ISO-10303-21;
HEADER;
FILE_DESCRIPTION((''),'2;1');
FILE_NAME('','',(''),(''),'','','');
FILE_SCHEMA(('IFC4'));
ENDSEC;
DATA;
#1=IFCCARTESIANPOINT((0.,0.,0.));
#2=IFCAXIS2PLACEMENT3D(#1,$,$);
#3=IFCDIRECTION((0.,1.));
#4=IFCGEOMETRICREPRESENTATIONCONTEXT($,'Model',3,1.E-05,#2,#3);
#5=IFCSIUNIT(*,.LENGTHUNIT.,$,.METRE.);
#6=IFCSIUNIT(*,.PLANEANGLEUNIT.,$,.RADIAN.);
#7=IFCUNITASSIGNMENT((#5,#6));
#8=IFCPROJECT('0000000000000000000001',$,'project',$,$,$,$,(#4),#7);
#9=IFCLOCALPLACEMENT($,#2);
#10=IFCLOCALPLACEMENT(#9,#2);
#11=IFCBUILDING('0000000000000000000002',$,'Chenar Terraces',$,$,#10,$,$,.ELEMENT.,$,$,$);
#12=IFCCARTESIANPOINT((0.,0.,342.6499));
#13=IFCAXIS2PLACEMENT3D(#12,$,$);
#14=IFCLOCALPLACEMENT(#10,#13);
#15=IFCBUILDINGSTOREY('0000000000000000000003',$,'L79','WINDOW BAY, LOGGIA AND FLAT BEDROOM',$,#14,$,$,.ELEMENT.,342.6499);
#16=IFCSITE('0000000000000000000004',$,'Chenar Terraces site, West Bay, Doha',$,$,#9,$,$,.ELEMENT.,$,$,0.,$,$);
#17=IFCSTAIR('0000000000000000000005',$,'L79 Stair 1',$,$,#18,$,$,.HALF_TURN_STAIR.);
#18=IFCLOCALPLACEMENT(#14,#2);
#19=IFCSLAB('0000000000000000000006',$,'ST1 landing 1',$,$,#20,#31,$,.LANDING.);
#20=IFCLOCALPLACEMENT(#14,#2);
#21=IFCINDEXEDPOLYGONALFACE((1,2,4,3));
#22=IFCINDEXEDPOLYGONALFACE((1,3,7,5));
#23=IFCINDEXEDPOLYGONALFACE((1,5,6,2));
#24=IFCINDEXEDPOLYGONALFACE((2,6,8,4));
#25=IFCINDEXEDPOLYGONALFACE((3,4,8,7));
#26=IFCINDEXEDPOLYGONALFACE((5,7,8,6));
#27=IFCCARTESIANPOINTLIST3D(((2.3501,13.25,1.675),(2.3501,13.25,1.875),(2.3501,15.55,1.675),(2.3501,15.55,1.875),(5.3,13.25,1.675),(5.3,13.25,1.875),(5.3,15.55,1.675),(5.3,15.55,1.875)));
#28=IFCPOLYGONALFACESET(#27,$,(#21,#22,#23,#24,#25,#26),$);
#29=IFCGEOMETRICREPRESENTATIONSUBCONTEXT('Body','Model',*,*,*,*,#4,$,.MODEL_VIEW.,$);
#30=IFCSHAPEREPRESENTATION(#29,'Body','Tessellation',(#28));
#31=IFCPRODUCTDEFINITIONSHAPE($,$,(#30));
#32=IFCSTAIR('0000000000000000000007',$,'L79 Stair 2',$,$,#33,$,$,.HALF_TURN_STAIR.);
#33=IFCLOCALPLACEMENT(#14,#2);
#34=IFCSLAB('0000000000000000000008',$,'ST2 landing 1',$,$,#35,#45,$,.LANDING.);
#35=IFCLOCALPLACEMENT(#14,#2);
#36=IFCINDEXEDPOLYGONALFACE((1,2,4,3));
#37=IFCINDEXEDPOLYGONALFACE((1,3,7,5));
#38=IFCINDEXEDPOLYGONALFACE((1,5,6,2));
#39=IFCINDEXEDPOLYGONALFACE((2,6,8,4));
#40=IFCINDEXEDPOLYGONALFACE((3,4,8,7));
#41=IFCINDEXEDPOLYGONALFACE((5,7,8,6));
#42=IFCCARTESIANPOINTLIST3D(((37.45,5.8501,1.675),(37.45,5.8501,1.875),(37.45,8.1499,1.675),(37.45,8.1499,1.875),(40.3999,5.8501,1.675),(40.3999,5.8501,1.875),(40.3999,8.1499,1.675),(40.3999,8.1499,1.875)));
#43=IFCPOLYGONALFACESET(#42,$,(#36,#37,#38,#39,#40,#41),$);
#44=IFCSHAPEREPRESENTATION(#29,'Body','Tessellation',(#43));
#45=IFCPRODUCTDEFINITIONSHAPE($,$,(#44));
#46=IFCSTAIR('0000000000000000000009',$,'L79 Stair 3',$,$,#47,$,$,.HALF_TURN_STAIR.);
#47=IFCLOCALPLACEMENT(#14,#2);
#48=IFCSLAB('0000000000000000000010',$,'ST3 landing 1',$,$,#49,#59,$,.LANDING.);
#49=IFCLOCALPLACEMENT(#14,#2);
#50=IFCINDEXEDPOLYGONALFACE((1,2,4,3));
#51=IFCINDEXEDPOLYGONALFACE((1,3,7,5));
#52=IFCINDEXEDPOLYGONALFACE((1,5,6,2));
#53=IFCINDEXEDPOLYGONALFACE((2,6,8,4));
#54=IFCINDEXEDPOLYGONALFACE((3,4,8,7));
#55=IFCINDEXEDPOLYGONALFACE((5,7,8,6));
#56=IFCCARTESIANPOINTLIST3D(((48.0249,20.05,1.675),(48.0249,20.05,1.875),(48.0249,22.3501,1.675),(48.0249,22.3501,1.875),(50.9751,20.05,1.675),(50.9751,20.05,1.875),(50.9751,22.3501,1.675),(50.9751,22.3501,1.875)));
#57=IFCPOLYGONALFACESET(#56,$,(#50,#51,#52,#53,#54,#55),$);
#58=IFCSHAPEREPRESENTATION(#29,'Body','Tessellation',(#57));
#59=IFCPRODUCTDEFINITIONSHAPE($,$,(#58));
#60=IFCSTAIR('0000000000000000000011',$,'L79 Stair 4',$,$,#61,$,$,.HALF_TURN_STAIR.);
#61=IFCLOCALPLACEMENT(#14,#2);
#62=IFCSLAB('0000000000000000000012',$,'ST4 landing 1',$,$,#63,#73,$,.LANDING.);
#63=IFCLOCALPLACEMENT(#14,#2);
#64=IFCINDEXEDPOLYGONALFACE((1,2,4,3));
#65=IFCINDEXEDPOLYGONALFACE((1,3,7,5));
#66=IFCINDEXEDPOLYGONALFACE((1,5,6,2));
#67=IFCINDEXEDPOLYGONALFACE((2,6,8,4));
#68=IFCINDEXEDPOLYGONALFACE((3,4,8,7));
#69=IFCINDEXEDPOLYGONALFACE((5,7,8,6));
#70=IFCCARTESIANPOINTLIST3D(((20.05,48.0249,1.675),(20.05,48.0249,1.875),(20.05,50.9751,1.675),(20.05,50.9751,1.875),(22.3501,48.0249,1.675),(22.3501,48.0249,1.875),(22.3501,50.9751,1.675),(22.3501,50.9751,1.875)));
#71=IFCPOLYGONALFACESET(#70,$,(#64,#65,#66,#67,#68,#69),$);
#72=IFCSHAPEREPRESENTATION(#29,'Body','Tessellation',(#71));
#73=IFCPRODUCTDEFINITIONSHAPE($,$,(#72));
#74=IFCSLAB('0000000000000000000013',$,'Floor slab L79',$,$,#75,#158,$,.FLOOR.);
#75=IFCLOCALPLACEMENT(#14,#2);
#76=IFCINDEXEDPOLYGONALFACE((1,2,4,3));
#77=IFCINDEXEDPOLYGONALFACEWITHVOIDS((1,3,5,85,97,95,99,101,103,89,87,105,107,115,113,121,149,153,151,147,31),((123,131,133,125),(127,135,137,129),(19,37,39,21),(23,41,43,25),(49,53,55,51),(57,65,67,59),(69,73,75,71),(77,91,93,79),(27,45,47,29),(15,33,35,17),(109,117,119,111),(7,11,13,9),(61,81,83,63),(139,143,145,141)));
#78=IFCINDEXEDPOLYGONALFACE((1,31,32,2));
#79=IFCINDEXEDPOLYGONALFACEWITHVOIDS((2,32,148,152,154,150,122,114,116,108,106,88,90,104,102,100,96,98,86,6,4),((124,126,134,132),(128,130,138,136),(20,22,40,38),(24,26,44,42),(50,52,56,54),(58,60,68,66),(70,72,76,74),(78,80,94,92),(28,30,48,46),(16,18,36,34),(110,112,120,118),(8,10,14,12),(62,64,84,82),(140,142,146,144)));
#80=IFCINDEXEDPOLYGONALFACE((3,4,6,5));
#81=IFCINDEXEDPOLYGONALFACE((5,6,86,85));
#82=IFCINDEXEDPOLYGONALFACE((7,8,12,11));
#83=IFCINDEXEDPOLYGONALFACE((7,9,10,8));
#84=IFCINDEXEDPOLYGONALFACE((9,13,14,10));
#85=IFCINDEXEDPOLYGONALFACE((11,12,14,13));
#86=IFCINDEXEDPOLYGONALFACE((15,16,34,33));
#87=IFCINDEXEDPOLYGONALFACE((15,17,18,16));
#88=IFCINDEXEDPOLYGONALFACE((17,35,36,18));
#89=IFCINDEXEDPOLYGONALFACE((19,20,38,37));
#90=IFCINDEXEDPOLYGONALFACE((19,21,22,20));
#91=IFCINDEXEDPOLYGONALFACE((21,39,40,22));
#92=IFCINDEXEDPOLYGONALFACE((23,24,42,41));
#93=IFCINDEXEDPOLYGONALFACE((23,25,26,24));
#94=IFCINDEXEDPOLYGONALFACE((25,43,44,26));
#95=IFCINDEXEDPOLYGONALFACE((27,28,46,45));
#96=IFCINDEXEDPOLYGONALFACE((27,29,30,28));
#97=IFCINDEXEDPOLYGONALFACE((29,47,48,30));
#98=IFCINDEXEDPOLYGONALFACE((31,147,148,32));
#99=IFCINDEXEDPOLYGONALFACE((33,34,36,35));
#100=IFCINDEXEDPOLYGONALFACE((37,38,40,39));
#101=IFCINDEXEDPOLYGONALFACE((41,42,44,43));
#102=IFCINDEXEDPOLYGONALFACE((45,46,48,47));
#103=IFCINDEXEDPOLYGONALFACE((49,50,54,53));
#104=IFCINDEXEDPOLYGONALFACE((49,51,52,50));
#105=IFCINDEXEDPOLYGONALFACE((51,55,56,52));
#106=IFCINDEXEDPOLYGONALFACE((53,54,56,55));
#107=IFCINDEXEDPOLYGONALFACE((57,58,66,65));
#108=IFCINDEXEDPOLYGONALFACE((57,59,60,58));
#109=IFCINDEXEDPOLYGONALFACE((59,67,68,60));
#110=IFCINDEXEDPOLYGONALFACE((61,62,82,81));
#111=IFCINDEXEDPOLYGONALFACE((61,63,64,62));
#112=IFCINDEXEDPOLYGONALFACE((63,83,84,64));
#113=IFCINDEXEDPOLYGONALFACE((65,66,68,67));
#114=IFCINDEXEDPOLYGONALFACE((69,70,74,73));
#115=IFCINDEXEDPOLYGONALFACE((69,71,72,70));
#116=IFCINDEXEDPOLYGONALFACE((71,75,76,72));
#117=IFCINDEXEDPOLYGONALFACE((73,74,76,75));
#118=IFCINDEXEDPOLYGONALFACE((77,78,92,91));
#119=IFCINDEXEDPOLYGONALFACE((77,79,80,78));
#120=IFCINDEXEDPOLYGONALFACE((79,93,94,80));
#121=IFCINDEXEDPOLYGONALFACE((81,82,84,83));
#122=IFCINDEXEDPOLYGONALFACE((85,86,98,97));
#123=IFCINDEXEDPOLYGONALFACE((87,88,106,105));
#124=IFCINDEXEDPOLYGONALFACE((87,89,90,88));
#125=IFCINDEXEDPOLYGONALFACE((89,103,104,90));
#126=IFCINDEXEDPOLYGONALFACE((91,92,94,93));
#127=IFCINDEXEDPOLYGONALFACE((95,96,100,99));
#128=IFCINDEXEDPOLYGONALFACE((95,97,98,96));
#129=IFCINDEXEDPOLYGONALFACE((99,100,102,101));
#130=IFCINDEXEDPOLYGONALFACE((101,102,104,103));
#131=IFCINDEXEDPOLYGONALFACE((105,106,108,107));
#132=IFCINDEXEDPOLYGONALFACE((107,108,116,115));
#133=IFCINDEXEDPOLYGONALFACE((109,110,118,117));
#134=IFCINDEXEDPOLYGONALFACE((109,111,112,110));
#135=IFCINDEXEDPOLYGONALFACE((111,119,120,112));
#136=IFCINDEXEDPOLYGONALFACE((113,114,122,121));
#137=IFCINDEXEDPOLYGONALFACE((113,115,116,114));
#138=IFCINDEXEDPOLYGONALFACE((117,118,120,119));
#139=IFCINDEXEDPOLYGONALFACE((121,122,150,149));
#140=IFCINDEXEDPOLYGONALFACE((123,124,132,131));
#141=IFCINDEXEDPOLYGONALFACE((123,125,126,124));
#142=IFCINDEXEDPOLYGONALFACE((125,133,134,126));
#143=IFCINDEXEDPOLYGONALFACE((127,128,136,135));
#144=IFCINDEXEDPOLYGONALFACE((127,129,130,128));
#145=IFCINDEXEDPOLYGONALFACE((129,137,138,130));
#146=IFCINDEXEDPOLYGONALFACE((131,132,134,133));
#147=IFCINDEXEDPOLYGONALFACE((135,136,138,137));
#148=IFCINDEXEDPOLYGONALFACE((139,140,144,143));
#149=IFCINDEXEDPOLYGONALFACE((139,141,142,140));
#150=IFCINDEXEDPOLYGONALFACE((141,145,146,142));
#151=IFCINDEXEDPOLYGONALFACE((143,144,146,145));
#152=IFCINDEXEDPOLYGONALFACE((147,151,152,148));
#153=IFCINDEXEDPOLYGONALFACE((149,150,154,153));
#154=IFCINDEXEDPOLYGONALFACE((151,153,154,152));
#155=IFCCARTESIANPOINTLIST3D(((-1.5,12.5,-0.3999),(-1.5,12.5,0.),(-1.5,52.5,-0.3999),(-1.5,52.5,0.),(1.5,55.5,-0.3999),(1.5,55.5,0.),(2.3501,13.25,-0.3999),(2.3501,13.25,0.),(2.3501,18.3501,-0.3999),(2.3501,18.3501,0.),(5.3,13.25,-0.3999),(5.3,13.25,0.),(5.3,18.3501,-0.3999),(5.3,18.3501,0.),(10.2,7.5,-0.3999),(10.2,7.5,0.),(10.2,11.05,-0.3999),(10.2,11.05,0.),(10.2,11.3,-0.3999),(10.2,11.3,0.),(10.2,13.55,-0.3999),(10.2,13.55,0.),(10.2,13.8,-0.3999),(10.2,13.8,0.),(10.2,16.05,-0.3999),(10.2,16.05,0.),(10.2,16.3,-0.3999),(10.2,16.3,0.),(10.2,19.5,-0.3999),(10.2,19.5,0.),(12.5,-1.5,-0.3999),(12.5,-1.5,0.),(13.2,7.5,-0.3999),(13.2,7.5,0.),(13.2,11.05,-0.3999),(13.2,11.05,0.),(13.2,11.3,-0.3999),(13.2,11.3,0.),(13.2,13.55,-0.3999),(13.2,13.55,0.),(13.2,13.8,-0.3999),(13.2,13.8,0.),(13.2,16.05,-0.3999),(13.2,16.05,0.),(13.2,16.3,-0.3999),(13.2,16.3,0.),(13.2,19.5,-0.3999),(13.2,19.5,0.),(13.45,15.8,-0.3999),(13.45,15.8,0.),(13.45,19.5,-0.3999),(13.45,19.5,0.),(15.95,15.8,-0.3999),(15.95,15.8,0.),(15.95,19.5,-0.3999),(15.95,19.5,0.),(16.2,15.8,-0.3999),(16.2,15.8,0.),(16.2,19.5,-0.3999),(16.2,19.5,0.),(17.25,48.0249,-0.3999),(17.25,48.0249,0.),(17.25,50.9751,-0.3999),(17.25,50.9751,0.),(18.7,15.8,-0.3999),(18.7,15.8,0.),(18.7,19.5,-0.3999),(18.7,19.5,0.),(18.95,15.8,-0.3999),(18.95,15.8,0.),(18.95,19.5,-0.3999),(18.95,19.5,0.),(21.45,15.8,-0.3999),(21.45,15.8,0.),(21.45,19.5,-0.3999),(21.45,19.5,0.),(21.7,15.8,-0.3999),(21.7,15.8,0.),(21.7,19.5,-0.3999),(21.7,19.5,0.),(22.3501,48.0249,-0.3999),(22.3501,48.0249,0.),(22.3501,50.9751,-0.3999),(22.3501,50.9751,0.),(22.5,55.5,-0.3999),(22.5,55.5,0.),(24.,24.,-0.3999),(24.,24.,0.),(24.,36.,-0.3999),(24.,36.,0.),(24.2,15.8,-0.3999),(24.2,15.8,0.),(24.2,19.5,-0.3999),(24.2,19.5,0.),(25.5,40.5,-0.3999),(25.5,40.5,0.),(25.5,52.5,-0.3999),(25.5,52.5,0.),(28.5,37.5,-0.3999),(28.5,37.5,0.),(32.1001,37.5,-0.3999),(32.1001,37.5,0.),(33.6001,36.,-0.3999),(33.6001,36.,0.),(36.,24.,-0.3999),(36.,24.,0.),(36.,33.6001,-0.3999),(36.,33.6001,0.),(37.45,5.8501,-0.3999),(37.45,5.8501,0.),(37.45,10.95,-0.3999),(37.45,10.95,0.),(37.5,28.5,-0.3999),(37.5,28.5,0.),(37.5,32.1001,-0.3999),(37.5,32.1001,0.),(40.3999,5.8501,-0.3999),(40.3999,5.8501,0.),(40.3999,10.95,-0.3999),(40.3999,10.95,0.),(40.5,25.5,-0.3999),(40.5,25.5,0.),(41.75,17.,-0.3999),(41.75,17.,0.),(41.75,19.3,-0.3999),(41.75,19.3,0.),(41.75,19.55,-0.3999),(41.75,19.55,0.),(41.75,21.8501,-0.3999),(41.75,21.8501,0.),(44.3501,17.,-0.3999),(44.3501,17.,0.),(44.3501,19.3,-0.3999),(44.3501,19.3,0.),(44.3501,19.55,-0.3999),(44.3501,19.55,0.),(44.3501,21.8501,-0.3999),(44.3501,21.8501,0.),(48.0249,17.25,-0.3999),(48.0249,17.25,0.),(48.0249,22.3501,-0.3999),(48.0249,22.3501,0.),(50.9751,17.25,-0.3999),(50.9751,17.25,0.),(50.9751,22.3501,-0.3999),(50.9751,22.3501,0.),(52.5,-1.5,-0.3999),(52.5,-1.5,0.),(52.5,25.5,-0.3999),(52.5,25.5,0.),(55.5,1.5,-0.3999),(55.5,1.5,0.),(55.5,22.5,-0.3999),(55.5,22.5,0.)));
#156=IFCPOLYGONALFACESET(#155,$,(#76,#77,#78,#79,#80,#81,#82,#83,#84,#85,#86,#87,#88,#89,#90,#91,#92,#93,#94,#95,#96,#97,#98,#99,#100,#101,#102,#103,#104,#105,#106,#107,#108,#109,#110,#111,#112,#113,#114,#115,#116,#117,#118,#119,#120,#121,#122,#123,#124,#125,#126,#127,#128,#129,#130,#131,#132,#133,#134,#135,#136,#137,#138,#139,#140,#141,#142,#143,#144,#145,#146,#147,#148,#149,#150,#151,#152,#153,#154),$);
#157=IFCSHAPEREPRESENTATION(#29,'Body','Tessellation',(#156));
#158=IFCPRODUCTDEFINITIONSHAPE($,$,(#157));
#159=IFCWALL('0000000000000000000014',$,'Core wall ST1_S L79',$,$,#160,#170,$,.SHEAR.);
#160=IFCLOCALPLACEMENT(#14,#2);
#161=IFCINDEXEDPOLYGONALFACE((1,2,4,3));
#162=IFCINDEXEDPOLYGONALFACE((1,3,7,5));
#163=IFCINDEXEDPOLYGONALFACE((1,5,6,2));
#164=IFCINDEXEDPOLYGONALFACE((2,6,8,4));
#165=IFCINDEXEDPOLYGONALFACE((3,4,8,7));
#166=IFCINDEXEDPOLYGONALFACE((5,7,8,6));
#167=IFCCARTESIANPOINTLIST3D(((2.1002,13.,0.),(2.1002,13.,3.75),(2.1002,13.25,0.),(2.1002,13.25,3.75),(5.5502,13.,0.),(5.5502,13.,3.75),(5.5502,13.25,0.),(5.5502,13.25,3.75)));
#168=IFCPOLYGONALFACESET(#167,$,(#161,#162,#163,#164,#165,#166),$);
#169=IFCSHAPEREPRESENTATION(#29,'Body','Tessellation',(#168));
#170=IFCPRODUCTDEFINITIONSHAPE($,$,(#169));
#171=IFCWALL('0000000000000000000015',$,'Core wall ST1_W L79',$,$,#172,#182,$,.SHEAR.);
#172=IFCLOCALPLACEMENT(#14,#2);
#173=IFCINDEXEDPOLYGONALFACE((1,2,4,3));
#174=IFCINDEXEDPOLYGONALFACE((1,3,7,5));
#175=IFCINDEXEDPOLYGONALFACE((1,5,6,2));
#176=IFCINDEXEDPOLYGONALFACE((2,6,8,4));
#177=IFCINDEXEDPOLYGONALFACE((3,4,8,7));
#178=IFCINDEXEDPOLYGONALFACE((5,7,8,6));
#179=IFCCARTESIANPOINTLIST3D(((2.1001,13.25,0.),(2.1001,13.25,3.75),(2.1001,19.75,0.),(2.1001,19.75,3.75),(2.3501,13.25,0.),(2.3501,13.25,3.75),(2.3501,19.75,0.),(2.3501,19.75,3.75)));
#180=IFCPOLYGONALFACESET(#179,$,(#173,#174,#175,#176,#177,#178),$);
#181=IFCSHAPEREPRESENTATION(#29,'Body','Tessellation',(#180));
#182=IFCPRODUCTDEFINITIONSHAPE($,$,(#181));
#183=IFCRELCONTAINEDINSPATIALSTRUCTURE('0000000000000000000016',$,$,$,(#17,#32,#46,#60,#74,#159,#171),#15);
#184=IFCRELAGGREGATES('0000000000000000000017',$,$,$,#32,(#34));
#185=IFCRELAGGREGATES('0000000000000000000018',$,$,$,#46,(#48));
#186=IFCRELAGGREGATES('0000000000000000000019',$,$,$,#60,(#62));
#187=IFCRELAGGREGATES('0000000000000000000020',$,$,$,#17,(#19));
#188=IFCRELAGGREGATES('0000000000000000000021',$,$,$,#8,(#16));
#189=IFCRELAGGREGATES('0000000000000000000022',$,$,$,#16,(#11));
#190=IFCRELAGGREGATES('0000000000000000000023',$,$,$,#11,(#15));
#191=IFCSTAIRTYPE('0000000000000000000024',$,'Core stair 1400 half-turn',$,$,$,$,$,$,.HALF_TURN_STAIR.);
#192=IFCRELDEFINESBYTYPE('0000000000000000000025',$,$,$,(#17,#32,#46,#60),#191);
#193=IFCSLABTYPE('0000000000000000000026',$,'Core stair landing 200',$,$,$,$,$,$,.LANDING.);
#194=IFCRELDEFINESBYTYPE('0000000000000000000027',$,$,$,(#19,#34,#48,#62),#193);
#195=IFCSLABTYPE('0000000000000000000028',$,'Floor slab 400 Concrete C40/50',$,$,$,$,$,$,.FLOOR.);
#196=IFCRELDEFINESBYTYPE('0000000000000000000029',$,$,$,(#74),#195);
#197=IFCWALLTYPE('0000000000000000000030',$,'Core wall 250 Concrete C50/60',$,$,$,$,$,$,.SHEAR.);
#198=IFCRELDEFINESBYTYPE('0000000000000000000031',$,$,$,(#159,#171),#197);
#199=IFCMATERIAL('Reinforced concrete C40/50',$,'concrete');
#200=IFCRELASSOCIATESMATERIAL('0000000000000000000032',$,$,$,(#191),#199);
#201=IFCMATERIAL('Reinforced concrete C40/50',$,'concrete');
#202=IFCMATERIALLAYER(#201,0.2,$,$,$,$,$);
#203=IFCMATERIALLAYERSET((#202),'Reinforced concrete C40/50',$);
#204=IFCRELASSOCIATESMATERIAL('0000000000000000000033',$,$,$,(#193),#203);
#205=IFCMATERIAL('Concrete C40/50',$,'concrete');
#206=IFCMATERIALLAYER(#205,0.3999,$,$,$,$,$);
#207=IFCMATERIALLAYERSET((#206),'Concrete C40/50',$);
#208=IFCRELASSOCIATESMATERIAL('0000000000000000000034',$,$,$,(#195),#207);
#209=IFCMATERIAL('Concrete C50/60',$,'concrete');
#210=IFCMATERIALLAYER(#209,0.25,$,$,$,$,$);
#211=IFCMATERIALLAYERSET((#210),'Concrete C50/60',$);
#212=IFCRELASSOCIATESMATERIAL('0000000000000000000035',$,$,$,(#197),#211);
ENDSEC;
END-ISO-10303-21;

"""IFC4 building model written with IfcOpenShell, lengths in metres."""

from ifc_helpers import new_model, si_unit, direction, frame, frame_2d, origin, place, context, subcontext, project, spatial, polyline, rectangle, outline, extrude, material, layer, layer_set, type_object, element, aggregate, save


model = new_model("IFC4")

# Units and contexts
model_context = context("Model", 3, precision=1e-05, world=origin(), true_north=direction((0.0, 1.0)))
body_context = subcontext(model_context, "Body", "Model", "MODEL_VIEW")
ifc_project = project(units=[si_unit("LENGTHUNIT", "METRE"), si_unit("PLANEANGLEUNIT", "RADIAN")], contexts=[model_context])

# Site, building, storey
site_placement = place(None, origin())
site = spatial("IfcSite", under=ifc_project, at=site_placement, Name="Chenar Terraces site, West Bay, Doha", CompositionType="ELEMENT", RefElevation=0.0)
building_placement = place(site_placement, origin())
building = spatial("IfcBuilding", under=site, at=building_placement, Name="Chenar Terraces", CompositionType="ELEMENT")
storey_placement = place(building_placement, frame((0.0, 0.0, 342.6499)))
storey = spatial("IfcBuildingStorey", under=building, at=storey_placement, Name="L79", Description="WINDOW BAY, LOGGIA AND FLAT BEDROOM", CompositionType="ELEMENT", Elevation=342.6499)

# Stairs, slabs
ifc_material_1 = material(Name="Reinforced concrete C40/50", Category="concrete")
stair_type = type_object("IfcStairType", Name="Core stair 1400 half-turn", PredefinedType="HALF_TURN_STAIR", material=ifc_material_1)
placement_1 = place(storey_placement, origin())
stair_1 = element("IfcStair", 1, at=placement_1, inside=storey, type_object=stair_type, Name="L79 Stair 1", PredefinedType="HALF_TURN_STAIR")
ifc_material_2 = material(Name="Reinforced concrete C40/50", Category="concrete")
ifc_layer_1 = layer(ifc_material_2, 0.2)
ifc_layer_set_1 = layer_set([ifc_layer_1], Name="Reinforced concrete C40/50")
slab_type_1 = type_object("IfcSlabType", Name="Core stair landing 200", PredefinedType="LANDING", material=ifc_layer_set_1)
placement_2 = place(storey_placement, frame((0.0, 0.0, 1.675)))
slab_1 = element("IfcSlab", 2, at=placement_2, type_object=slab_type_1, Name="ST1 landing 1", PredefinedType="LANDING", context=body_context, shape_type="SweptSolid", body=[
    extrude(outline(polyline([(2.3501, 15.55), (2.3501, 13.25), (5.3, 13.25), (5.3, 15.55), (2.3501, 15.55)])), origin(), (0.0, 0.0, 1.0), 0.2),
])
stair_2 = element("IfcStair", 3, at=placement_1, inside=storey, type_object=stair_type, Name="L79 Stair 2", PredefinedType="HALF_TURN_STAIR")
slab_2 = element("IfcSlab", 4, at=placement_2, type_object=slab_type_1, Name="ST2 landing 1", PredefinedType="LANDING", context=body_context, shape_type="SweptSolid", body=[
    extrude(outline(polyline([(37.45, 8.1499), (37.45, 5.8501), (40.3999, 5.8501), (40.3999, 8.1499), (37.45, 8.1499)])), origin(), (0.0, 0.0, 1.0), 0.2),
])
aggregate(stair_2, [slab_2])
stair_3 = element("IfcStair", 5, at=placement_1, inside=storey, type_object=stair_type, Name="L79 Stair 3", PredefinedType="HALF_TURN_STAIR")
slab_3 = element("IfcSlab", 6, at=placement_2, type_object=slab_type_1, Name="ST3 landing 1", PredefinedType="LANDING", context=body_context, shape_type="SweptSolid", body=[
    extrude(outline(polyline([(50.9751, 20.05), (50.9751, 22.3501), (48.0249, 22.3501), (48.0249, 20.05), (50.9751, 20.05)])), origin(), (0.0, 0.0, 1.0), 0.2),
])
aggregate(stair_3, [slab_3])
stair_4 = element("IfcStair", 7, at=placement_1, inside=storey, type_object=stair_type, Name="L79 Stair 4", PredefinedType="HALF_TURN_STAIR")
slab_4 = element("IfcSlab", 8, at=placement_2, type_object=slab_type_1, Name="ST4 landing 1", PredefinedType="LANDING", context=body_context, shape_type="SweptSolid", body=[
    extrude(outline(polyline([(20.05, 48.0249), (22.3501, 48.0249), (22.3501, 50.9751), (20.05, 50.9751), (20.05, 48.0249)])), origin(), (0.0, 0.0, 1.0), 0.2),
])
aggregate(stair_4, [slab_4])

# Slab
ifc_material_3 = material(Name="Concrete C40/50", Category="concrete")
ifc_layer_2 = layer(ifc_material_3, 0.3999)
ifc_layer_set_2 = layer_set([ifc_layer_2], Name="Concrete C40/50")
slab_type_2 = type_object("IfcSlabType", Name="Floor slab 400 Concrete C40/50", PredefinedType="FLOOR", material=ifc_layer_set_2)
slab_5_placement = place(storey_placement, frame((0.0, 0.0, -0.3999)))
element("IfcSlab", 9, at=slab_5_placement, inside=storey, type_object=slab_type_2, Name="Floor slab L79", PredefinedType="FLOOR", context=body_context, shape_type="SweptSolid", body=[
    extrude(outline(polyline([(55.5, 22.5), (55.5, 1.5), (52.5, -1.5), (12.5, -1.5), (-1.5, 12.5), (-1.5, 52.5), (1.5, 55.5), (22.5, 55.5), (25.5, 52.5), (25.5, 40.5), (28.5, 37.5), (32.1001, 37.5), (33.6001, 36.0), (24.0, 36.0), (24.0, 24.0), (36.0, 24.0), (36.0, 33.6001), (37.5, 32.1001), (37.5, 28.5), (40.5, 25.5), (52.5, 25.5), (55.5, 22.5)]), holes=[polyline([(10.2, 11.05), (10.2, 7.5), (13.2, 7.5), (13.2, 11.05), (10.2, 11.05)]), polyline([(13.2, 13.55), (10.2, 13.55), (10.2, 11.3), (13.2, 11.3), (13.2, 13.55)]), polyline([(13.2, 16.05), (10.2, 16.05), (10.2, 13.8), (13.2, 13.8), (13.2, 16.05)]), polyline([(2.3501, 13.25), (5.3, 13.25), (5.3, 18.3501), (2.3501, 18.3501), (2.3501, 13.25)]), polyline([(15.95, 19.5), (13.45, 19.5), (13.45, 15.8), (15.95, 15.8), (15.95, 19.5)]), polyline([(18.7, 19.5), (16.2, 19.5), (16.2, 15.8), (18.7, 15.8), (18.7, 19.5)]), polyline([(13.2, 19.5), (10.2, 19.5), (10.2, 16.3), (13.2, 16.3), (13.2, 19.5)]), polyline([(22.3501, 48.0249), (22.3501, 50.9751), (17.25, 50.9751), (17.25, 48.0249), (22.3501, 48.0249)]), polyline([(37.45, 5.8501), (40.3999, 5.8501), (40.3999, 10.95), (37.45, 10.95), (37.45, 5.8501)]), polyline([(21.45, 19.5), (18.95, 19.5), (18.95, 15.8), (21.45, 15.8), (21.45, 19.5)]), polyline([(24.2, 19.5), (21.7, 19.5), (21.7, 15.8), (24.2, 15.8), (24.2, 19.5)]), polyline([(44.3501, 19.3), (41.75, 19.3), (41.75, 17.0), (44.3501, 17.0), (44.3501, 19.3)]), polyline([(50.9751, 22.3501), (48.0249, 22.3501), (48.0249, 17.25), (50.9751, 17.25), (50.9751, 22.3501)]), polyline([(44.3501, 21.8501), (41.75, 21.8501), (41.75, 19.55), (44.3501, 19.55), (44.3501, 21.8501)])]), origin(), (0.0, 0.0, 1.0), 0.3999),
])

# Walls
ifc_material_4 = material(Name="Concrete C50/60", Category="concrete")
ifc_layer_3 = layer(ifc_material_4, 0.25)
ifc_layer_set_3 = layer_set([ifc_layer_3], Name="Concrete C50/60")
wall_type_1 = type_object("IfcWallType", Name="Core wall 250 Concrete C50/60", PredefinedType="SHEAR", material=ifc_layer_set_3)
wall_1_placement = place(storey_placement, frame((2.1001, 13.125, 0.0), z_axis=(0.0, 0.0, 1.0), x_axis=(1.0, 0.0, 0.0)))
element("IfcWall", 10, at=wall_1_placement, inside=storey, type_object=wall_type_1, Name="Core wall ST1_S L79", PredefinedType="SHEAR", context=body_context, shape_type="SweptSolid", body=[
    extrude(rectangle(XDim=3.45, YDim=0.25, at=frame_2d((1.7251, 0.0))), origin(), (0.0, 0.0, 1.0), 3.75),
])
wall_2_placement = place(storey_placement, frame((2.2251, 13.25, 0.0), z_axis=(0.0, 0.0, 1.0), x_axis=(0.0, 1.0, 0.0)))
element("IfcWall", 11, at=wall_2_placement, inside=storey, type_object=wall_type_1, Name="Core wall ST1_W L79", PredefinedType="SHEAR", context=body_context, shape_type="SweptSolid", body=[
    extrude(rectangle(XDim=6.5, YDim=0.25, at=frame_2d((3.25, 0.0))), origin(), (0.0, 0.0, 1.0), 3.75),
])

aggregate(stair_1, [slab_1])

save(model, "model.ifc")
